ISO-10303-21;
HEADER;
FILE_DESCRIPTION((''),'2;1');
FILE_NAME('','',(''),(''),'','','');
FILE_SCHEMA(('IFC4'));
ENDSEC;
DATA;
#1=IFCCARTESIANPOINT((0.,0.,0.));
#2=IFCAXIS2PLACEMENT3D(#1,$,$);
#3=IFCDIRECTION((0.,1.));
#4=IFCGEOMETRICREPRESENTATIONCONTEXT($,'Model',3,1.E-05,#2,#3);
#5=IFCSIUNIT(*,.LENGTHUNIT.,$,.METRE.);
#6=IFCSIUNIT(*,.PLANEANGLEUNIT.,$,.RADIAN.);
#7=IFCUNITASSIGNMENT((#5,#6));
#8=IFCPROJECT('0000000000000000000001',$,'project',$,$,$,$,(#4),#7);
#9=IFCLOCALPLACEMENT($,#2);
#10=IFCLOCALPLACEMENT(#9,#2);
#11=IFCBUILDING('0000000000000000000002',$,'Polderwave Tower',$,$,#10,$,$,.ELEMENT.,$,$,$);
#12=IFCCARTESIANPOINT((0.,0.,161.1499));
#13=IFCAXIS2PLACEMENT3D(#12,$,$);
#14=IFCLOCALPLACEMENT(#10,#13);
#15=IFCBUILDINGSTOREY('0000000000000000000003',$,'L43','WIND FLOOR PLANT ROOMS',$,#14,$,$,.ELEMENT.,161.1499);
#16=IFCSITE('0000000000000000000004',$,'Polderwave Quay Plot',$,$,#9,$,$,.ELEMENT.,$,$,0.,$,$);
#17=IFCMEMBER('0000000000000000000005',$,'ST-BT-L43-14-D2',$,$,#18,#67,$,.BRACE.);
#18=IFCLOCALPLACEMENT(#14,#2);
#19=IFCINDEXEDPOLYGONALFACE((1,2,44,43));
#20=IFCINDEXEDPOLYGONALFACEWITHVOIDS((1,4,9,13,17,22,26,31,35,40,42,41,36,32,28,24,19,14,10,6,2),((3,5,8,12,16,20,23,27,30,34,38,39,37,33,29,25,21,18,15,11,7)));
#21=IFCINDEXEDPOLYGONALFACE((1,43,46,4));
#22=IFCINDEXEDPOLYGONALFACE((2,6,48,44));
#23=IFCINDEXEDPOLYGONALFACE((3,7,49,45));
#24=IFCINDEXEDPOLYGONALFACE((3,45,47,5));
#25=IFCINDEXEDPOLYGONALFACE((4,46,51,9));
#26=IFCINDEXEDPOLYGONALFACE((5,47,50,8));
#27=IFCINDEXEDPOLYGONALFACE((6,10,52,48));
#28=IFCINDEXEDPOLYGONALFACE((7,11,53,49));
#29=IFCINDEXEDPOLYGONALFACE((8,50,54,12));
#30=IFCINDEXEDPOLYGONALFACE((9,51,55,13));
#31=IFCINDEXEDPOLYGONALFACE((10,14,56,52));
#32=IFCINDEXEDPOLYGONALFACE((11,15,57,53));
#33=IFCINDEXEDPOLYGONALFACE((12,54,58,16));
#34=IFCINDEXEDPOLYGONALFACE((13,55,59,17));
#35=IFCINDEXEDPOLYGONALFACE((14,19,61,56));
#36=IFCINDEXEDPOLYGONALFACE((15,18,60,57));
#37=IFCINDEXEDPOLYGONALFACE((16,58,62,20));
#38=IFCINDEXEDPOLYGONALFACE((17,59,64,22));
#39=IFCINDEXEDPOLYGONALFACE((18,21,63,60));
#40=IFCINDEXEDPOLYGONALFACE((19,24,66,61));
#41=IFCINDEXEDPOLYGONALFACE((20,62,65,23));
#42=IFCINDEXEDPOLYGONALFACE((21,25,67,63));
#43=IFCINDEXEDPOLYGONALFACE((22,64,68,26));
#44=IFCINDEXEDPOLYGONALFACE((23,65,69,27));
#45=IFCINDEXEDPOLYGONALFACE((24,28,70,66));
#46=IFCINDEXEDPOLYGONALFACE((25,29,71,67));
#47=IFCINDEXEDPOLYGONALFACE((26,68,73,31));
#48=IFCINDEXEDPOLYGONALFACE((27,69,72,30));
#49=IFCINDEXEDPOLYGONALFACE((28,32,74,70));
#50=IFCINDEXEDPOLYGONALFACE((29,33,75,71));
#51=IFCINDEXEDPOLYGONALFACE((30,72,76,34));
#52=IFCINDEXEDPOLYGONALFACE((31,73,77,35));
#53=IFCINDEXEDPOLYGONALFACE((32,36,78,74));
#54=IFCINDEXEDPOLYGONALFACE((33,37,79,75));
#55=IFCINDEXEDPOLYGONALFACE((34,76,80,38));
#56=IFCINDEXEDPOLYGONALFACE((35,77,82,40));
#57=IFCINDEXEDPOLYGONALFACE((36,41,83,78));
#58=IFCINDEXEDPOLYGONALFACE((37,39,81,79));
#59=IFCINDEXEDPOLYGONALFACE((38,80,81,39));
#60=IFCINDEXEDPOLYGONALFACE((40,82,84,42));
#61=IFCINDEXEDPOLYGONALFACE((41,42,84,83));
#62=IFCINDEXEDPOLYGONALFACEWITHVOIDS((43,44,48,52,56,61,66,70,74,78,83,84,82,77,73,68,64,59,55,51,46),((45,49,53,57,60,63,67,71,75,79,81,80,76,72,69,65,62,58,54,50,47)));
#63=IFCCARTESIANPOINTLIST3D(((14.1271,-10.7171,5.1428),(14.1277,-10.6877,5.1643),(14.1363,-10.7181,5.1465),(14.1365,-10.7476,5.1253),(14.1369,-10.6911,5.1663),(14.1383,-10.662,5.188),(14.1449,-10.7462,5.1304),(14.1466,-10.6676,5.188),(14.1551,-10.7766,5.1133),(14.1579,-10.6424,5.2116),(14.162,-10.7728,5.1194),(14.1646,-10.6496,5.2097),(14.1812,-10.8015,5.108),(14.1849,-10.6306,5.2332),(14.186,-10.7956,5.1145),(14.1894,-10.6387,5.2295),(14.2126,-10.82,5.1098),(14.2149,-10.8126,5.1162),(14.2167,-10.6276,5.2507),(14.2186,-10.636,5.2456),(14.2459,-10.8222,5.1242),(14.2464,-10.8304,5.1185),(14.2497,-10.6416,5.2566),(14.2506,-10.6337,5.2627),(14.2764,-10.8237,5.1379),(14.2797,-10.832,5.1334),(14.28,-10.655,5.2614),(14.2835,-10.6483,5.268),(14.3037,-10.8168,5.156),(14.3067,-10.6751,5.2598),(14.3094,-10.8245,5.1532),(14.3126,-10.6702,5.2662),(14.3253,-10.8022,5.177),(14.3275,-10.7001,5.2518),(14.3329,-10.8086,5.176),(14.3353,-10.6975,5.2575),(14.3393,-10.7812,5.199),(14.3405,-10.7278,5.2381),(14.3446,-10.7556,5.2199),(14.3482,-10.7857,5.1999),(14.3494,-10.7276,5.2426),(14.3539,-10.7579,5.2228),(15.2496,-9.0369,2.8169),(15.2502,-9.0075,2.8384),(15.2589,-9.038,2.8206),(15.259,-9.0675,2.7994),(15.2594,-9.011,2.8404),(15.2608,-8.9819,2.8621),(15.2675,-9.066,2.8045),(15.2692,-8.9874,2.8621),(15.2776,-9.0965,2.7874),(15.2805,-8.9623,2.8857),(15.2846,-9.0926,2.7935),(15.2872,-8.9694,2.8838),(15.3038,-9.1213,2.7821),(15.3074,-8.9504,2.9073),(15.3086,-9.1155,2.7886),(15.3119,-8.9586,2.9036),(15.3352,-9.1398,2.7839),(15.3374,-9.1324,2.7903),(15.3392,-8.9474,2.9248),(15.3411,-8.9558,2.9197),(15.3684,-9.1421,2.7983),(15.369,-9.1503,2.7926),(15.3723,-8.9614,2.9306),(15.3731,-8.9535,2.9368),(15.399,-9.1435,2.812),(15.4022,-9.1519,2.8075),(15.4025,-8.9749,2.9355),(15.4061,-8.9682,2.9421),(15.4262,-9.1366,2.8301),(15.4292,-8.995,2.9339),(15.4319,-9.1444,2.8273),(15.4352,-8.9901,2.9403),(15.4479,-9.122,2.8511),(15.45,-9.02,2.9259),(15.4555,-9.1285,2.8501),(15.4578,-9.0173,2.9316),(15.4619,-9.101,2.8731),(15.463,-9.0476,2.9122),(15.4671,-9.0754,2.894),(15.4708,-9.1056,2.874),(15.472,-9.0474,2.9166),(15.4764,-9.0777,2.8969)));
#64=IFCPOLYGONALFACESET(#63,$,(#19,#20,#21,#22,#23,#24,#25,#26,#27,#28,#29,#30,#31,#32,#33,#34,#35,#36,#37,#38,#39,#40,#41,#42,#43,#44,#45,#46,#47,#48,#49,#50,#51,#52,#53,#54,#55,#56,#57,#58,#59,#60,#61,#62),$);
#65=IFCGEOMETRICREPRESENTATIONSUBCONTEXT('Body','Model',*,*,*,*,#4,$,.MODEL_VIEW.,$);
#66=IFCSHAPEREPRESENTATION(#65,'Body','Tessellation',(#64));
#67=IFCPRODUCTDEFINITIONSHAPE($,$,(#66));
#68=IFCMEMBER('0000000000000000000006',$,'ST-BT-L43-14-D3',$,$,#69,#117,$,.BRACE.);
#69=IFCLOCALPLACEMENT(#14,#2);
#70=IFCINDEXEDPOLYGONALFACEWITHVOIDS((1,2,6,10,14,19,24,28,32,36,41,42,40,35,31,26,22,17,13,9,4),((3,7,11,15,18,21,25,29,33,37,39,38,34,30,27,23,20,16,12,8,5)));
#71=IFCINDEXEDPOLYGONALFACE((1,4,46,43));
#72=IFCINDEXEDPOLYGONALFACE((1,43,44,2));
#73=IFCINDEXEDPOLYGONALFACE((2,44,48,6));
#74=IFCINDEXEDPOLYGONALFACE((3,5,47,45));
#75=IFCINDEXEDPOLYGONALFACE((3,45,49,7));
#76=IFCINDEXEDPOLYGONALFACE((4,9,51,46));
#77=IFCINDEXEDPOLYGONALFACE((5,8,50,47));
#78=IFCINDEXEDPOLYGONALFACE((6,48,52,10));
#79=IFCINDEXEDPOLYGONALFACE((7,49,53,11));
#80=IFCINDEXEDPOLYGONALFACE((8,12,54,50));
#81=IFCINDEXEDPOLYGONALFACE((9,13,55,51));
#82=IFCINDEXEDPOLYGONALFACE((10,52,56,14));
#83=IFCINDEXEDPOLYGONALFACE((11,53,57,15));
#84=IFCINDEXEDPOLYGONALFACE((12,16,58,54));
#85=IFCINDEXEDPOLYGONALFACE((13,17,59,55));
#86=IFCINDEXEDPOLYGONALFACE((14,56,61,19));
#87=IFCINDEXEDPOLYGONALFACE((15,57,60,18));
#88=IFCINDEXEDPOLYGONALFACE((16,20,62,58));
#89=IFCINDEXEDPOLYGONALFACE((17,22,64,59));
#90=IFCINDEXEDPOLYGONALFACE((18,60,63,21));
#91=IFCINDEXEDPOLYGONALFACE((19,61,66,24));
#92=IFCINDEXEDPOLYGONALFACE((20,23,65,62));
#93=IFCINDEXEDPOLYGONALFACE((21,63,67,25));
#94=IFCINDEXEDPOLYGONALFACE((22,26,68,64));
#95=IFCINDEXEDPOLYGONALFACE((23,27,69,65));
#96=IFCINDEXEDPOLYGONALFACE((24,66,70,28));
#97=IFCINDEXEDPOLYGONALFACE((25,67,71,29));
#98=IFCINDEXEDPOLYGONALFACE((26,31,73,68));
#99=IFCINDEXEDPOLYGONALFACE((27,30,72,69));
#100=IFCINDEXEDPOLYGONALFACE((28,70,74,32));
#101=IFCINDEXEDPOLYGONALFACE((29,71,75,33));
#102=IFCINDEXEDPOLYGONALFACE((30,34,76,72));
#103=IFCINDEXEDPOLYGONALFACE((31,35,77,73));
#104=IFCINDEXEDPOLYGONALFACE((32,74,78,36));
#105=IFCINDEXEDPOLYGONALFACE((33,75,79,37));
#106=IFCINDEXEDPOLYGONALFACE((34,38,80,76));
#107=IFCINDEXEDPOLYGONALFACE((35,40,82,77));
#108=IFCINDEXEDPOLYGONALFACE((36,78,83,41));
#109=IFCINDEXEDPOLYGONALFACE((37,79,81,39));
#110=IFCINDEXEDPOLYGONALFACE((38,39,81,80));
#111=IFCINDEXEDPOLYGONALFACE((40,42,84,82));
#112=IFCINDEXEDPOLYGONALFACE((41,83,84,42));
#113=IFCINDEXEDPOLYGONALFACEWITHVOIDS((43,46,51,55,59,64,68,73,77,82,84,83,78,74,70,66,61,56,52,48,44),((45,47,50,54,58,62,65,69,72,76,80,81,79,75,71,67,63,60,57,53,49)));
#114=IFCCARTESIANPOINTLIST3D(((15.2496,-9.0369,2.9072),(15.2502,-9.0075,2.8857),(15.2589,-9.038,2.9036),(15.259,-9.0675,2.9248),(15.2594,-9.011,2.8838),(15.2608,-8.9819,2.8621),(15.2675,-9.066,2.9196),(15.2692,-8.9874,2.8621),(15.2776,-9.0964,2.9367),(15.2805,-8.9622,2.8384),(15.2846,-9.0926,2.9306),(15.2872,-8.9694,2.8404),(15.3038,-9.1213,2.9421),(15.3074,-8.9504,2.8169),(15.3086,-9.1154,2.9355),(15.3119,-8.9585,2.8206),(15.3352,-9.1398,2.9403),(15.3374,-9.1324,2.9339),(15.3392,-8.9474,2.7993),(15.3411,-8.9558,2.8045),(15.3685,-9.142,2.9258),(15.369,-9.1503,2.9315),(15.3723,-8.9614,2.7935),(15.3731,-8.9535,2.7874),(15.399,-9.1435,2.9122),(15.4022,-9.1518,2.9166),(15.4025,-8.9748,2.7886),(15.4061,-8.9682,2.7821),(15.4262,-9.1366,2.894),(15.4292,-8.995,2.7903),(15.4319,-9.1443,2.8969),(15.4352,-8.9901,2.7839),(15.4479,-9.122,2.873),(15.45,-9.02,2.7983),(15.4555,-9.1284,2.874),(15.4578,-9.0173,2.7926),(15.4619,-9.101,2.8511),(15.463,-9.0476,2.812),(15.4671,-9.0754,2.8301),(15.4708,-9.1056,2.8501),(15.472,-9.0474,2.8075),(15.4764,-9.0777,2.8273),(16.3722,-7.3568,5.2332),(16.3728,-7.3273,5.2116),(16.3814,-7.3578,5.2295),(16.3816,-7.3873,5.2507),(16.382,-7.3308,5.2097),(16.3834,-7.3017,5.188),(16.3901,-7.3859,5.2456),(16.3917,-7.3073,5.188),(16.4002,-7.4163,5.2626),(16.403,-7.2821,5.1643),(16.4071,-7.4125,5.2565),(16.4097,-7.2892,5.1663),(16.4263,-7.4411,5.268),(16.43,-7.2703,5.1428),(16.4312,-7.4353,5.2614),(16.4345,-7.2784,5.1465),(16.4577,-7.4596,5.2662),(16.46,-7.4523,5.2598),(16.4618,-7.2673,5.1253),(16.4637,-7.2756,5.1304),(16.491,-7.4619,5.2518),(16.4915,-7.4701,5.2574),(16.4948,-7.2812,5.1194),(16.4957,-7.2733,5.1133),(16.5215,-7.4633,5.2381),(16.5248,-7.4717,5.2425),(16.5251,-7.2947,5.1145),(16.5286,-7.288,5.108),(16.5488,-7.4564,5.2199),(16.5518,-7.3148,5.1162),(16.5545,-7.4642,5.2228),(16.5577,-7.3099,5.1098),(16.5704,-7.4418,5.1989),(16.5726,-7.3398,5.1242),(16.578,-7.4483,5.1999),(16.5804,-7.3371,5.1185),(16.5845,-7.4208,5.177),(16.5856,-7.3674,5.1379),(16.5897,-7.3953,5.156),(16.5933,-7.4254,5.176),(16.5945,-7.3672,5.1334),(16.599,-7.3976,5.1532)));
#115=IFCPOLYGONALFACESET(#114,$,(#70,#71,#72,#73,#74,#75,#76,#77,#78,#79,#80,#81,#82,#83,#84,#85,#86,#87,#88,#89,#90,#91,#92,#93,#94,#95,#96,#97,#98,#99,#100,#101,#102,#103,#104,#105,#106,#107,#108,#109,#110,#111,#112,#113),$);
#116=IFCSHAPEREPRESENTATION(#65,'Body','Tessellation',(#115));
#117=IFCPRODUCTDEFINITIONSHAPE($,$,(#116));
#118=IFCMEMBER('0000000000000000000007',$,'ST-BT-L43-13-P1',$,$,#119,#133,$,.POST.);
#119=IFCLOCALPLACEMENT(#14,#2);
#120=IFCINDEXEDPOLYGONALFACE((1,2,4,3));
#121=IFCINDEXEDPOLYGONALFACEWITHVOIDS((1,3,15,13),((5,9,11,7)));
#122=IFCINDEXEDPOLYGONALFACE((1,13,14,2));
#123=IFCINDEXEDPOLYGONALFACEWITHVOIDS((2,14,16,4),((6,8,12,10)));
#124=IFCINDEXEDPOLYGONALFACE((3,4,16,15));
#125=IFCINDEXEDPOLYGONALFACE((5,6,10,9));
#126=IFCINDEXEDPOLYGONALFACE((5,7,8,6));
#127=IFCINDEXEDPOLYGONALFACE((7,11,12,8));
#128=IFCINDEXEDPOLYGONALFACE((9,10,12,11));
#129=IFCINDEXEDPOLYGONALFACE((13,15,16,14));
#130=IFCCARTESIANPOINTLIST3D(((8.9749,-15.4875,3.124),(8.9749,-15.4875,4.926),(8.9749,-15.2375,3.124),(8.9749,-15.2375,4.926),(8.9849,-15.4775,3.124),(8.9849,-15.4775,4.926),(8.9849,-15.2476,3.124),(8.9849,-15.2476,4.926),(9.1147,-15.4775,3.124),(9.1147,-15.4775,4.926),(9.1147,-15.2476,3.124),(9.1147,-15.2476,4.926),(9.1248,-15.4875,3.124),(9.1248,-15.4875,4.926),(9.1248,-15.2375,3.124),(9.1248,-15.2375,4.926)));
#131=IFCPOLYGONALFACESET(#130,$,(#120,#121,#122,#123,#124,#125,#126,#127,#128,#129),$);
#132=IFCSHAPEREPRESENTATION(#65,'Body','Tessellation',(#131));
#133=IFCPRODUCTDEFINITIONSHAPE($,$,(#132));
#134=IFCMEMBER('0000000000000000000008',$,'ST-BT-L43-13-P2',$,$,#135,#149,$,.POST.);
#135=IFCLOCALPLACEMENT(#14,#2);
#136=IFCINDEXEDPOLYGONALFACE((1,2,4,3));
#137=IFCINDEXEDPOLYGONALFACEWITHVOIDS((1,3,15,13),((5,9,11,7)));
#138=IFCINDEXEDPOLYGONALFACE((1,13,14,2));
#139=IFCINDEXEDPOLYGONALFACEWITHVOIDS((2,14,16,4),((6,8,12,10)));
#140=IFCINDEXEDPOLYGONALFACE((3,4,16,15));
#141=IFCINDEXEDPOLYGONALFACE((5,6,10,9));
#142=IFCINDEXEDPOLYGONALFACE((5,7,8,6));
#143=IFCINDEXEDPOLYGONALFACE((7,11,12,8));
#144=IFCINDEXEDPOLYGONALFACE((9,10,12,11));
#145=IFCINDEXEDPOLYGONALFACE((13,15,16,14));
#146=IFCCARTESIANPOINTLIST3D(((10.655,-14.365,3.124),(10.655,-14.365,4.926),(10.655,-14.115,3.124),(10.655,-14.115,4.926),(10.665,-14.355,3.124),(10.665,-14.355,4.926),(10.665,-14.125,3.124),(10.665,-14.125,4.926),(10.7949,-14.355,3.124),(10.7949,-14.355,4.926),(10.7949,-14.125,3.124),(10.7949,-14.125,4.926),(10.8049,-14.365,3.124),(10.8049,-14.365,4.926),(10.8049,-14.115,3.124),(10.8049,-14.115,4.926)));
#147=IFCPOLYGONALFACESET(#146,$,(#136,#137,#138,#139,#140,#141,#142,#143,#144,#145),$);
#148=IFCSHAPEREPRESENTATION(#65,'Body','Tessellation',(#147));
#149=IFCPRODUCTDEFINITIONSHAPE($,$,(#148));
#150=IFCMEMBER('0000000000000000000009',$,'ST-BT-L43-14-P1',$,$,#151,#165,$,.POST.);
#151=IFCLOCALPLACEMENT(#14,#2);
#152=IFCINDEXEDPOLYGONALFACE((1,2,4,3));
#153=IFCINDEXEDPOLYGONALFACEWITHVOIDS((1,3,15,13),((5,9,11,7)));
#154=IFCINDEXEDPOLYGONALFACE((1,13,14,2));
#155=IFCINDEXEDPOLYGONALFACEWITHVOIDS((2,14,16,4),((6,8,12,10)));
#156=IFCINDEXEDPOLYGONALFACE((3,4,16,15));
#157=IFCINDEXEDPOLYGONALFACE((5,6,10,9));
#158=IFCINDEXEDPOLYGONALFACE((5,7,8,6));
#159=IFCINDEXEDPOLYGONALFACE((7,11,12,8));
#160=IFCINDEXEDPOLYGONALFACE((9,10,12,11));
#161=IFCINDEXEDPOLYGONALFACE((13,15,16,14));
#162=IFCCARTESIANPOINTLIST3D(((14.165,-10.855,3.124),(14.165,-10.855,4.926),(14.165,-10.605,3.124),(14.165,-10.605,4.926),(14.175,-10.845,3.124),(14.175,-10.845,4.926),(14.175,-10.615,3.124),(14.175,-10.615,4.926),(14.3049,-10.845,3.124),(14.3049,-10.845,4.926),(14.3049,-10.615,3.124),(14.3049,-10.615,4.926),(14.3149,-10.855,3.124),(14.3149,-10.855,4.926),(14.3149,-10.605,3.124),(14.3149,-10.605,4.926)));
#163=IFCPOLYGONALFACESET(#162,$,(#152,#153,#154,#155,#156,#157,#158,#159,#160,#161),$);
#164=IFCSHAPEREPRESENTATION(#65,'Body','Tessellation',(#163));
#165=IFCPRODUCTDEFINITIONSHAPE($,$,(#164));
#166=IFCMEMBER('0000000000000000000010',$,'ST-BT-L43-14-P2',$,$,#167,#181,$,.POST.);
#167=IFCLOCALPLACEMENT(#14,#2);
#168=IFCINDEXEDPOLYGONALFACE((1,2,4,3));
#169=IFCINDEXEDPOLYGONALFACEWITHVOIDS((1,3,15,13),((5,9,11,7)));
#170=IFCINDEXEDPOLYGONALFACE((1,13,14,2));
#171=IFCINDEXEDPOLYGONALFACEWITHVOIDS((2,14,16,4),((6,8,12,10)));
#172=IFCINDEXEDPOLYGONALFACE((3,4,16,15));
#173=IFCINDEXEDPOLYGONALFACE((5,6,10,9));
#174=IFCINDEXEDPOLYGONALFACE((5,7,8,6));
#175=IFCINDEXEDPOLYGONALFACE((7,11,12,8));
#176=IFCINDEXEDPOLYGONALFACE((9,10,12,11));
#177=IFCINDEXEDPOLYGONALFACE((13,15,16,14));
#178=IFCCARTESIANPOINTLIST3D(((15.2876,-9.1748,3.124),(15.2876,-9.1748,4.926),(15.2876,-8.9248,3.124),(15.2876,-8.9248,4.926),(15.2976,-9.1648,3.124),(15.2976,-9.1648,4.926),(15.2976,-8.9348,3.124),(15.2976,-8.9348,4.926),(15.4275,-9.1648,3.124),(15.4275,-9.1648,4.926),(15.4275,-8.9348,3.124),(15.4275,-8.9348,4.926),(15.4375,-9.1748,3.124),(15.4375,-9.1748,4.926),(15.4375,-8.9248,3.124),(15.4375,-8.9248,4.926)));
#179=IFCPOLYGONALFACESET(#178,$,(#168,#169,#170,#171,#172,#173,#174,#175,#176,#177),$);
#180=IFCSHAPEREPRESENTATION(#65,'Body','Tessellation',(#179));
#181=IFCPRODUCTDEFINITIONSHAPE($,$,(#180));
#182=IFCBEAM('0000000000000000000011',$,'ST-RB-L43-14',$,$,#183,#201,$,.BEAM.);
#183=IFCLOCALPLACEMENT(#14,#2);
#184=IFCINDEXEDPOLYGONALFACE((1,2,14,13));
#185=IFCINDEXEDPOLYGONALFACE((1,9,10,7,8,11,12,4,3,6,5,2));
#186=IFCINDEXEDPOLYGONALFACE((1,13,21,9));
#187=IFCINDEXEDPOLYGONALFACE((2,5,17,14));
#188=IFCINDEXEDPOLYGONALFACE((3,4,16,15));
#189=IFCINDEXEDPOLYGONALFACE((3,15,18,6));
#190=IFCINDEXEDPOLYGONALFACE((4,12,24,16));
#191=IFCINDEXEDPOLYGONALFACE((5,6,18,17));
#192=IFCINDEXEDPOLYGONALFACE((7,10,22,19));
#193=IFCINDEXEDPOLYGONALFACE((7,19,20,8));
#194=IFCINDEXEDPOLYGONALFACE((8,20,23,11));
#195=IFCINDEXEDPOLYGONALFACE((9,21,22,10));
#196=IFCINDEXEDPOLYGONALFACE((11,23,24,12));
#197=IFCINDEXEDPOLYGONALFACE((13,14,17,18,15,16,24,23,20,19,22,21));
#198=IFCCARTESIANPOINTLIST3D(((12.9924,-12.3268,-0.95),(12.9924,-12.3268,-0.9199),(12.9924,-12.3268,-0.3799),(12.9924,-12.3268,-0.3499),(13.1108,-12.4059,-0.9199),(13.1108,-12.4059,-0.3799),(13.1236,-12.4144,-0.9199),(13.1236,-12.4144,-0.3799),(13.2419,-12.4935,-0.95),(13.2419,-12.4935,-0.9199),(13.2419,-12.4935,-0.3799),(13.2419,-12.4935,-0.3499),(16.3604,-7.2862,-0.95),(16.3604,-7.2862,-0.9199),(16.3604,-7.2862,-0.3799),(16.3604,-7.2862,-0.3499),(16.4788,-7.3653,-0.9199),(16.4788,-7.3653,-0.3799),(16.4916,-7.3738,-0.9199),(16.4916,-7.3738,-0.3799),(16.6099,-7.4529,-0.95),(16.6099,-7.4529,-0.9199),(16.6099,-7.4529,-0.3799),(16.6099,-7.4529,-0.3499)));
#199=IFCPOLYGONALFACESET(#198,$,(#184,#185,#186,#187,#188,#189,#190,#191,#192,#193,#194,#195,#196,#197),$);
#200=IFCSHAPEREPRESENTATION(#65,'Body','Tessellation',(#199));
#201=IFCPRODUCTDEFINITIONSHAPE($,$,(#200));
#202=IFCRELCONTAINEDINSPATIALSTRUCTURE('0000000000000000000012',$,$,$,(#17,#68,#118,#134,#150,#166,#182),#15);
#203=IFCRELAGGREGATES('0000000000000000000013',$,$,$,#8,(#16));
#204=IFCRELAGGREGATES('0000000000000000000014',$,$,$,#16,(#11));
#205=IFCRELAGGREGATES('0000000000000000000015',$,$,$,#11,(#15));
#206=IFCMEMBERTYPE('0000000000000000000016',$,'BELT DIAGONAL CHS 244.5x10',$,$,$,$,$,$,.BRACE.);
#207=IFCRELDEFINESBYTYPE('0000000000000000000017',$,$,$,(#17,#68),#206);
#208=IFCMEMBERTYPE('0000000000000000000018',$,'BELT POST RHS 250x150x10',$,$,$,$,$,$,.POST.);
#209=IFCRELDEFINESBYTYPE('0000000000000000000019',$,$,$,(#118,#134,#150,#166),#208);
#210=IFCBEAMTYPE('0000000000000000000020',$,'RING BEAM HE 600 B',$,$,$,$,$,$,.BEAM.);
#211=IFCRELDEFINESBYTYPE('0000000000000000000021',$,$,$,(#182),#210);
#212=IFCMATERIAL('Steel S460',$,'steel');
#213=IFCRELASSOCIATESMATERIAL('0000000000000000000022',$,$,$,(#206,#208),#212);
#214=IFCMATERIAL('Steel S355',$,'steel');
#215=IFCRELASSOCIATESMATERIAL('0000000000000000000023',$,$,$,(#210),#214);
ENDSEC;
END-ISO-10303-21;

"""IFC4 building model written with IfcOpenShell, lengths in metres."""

from ifc_helpers import new_model, si_unit, direction, frame, origin, origin_2d, place, context, subcontext, project, spatial, hollow_rectangle, hollow_circle, i_section, extrude, material, material_profile, profile_set, type_object, element, save


model = new_model("IFC4")

# Units and contexts
model_context = context("Model", 3, precision=1e-05, world=origin(), true_north=direction((0.0, 1.0)))
body_context = subcontext(model_context, "Body", "Model", "MODEL_VIEW")
ifc_project = project(units=[si_unit("LENGTHUNIT", "METRE"), si_unit("PLANEANGLEUNIT", "RADIAN")], contexts=[model_context])

# Site, building, storey
site_placement = place(None, origin())
site = spatial("IfcSite", under=ifc_project, at=site_placement, Name="Polderwave Quay Plot", CompositionType="ELEMENT", RefElevation=0.0)
building_placement = place(site_placement, origin())
building = spatial("IfcBuilding", under=site, at=building_placement, Name="Polderwave Tower", CompositionType="ELEMENT")
storey_placement = place(building_placement, frame((0.0, 0.0, 161.1499)))
storey = spatial("IfcBuildingStorey", under=building, at=storey_placement, Name="L43", Description="WIND FLOOR PLANT ROOMS", CompositionType="ELEMENT", Elevation=161.1499)

# Members
ifc_material_1 = material(Name="Steel S460", Category="steel")
ifc_material_profile_1 = material_profile(ifc_material_1, hollow_circle(Radius=0.1223, WallThickness=0.01, at=origin_2d()), Name="CHS 244.5x10")
ifc_profile_set_1 = profile_set([ifc_material_profile_1], Name="Steel S460")
member_type_1 = type_object("IfcMemberType", Name="BELT DIAGONAL CHS 244.5x10", PredefinedType="BRACE", material=ifc_profile_set_1)
for number, where, z_axis, x_axis, name in (
    (1, (14.24, -10.73, 5.188), (0.364339, 0.54532, -0.754906), (-0.831492, 0.555536, 0.0), "ST-BT-L43-14-D2"),
    (2, (15.3625, -9.0498, 2.8621), (0.364339, 0.54532, 0.754906), (-0.831492, 0.555536, 0.0), "ST-BT-L43-14-D3"),
):
    element("IfcMember", number, at=place(storey_placement, frame(where, z_axis=z_axis, x_axis=x_axis)), inside=storey, type_object=member_type_1, Name=name, PredefinedType="BRACE", context=body_context, shape_type="SweptSolid", body=[
        extrude(hollow_circle(Radius=0.1223, WallThickness=0.01, at=origin_2d()), origin(), (0.0, 0.0, 1.0), 3.0811),
    ])
ifc_material_profile_2 = material_profile(ifc_material_1, hollow_rectangle(XDim=0.1499, YDim=0.25, WallThickness=0.01, at=origin_2d()), Name="RHS 250x150x10")
ifc_profile_set_2 = profile_set([ifc_material_profile_2], Name="Steel S460")
member_type_2 = type_object("IfcMemberType", Name="BELT POST RHS 250x150x10", PredefinedType="POST", material=ifc_profile_set_2)
for number, where, z_axis, x_axis, name in (
    (3, (9.0498, -15.3625, 3.124), (0.0, 0.0, 1.0), (1.0, 0.0, 0.0), "ST-BT-L43-13-P1"),
    (4, (10.73, -14.24, 3.124), (0.0, 0.0, 1.0), (1.0, 0.0, 0.0), "ST-BT-L43-13-P2"),
    (5, (14.24, -10.73, 3.124), (0.0, 0.0, 1.0), (1.0, 0.0, 0.0), "ST-BT-L43-14-P1"),
    (6, (15.3625, -9.0498, 3.124), (0.0, 0.0, 1.0), (1.0, 0.0, 0.0), "ST-BT-L43-14-P2"),
):
    element("IfcMember", number, at=place(storey_placement, frame(where, z_axis=z_axis, x_axis=x_axis)), inside=storey, type_object=member_type_2, Name=name, PredefinedType="POST", context=body_context, shape_type="SweptSolid", body=[
        extrude(hollow_rectangle(XDim=0.1499, YDim=0.25, WallThickness=0.01, at=origin_2d()), origin(), (0.0, 0.0, 1.0), 1.802),
    ])

# Beam
ifc_material_2 = material(Name="Steel S355", Category="steel")
ifc_material_profile_3 = material_profile(ifc_material_2, i_section(OverallWidth=0.3, OverallDepth=0.6001, WebThickness=0.0154, FlangeThickness=0.03, at=origin_2d()), Name="HE 600 B")
ifc_profile_set_3 = profile_set([ifc_material_profile_3], Name="Steel S355")
beam_type = type_object("IfcBeamType", Name="RING BEAM HE 600 B", PredefinedType="BEAM", material=ifc_profile_set_3)
beam_placement = place(storey_placement, frame((13.1172, -12.4102, -0.6499), z_axis=(0.555564, 0.831474, 0.0), x_axis=(-0.831474, 0.555564, 0.0)))
element("IfcBeam", 7, at=beam_placement, inside=storey, type_object=beam_type, Name="ST-RB-L43-14", PredefinedType="BEAM", context=body_context, shape_type="SweptSolid", body=[
    extrude(i_section(OverallWidth=0.3, OverallDepth=0.6001, WebThickness=0.0154, FlangeThickness=0.03, at=origin_2d()), origin(), (0.0, 0.0, 1.0), 6.0623),
])

save(model, "model.ifc")
